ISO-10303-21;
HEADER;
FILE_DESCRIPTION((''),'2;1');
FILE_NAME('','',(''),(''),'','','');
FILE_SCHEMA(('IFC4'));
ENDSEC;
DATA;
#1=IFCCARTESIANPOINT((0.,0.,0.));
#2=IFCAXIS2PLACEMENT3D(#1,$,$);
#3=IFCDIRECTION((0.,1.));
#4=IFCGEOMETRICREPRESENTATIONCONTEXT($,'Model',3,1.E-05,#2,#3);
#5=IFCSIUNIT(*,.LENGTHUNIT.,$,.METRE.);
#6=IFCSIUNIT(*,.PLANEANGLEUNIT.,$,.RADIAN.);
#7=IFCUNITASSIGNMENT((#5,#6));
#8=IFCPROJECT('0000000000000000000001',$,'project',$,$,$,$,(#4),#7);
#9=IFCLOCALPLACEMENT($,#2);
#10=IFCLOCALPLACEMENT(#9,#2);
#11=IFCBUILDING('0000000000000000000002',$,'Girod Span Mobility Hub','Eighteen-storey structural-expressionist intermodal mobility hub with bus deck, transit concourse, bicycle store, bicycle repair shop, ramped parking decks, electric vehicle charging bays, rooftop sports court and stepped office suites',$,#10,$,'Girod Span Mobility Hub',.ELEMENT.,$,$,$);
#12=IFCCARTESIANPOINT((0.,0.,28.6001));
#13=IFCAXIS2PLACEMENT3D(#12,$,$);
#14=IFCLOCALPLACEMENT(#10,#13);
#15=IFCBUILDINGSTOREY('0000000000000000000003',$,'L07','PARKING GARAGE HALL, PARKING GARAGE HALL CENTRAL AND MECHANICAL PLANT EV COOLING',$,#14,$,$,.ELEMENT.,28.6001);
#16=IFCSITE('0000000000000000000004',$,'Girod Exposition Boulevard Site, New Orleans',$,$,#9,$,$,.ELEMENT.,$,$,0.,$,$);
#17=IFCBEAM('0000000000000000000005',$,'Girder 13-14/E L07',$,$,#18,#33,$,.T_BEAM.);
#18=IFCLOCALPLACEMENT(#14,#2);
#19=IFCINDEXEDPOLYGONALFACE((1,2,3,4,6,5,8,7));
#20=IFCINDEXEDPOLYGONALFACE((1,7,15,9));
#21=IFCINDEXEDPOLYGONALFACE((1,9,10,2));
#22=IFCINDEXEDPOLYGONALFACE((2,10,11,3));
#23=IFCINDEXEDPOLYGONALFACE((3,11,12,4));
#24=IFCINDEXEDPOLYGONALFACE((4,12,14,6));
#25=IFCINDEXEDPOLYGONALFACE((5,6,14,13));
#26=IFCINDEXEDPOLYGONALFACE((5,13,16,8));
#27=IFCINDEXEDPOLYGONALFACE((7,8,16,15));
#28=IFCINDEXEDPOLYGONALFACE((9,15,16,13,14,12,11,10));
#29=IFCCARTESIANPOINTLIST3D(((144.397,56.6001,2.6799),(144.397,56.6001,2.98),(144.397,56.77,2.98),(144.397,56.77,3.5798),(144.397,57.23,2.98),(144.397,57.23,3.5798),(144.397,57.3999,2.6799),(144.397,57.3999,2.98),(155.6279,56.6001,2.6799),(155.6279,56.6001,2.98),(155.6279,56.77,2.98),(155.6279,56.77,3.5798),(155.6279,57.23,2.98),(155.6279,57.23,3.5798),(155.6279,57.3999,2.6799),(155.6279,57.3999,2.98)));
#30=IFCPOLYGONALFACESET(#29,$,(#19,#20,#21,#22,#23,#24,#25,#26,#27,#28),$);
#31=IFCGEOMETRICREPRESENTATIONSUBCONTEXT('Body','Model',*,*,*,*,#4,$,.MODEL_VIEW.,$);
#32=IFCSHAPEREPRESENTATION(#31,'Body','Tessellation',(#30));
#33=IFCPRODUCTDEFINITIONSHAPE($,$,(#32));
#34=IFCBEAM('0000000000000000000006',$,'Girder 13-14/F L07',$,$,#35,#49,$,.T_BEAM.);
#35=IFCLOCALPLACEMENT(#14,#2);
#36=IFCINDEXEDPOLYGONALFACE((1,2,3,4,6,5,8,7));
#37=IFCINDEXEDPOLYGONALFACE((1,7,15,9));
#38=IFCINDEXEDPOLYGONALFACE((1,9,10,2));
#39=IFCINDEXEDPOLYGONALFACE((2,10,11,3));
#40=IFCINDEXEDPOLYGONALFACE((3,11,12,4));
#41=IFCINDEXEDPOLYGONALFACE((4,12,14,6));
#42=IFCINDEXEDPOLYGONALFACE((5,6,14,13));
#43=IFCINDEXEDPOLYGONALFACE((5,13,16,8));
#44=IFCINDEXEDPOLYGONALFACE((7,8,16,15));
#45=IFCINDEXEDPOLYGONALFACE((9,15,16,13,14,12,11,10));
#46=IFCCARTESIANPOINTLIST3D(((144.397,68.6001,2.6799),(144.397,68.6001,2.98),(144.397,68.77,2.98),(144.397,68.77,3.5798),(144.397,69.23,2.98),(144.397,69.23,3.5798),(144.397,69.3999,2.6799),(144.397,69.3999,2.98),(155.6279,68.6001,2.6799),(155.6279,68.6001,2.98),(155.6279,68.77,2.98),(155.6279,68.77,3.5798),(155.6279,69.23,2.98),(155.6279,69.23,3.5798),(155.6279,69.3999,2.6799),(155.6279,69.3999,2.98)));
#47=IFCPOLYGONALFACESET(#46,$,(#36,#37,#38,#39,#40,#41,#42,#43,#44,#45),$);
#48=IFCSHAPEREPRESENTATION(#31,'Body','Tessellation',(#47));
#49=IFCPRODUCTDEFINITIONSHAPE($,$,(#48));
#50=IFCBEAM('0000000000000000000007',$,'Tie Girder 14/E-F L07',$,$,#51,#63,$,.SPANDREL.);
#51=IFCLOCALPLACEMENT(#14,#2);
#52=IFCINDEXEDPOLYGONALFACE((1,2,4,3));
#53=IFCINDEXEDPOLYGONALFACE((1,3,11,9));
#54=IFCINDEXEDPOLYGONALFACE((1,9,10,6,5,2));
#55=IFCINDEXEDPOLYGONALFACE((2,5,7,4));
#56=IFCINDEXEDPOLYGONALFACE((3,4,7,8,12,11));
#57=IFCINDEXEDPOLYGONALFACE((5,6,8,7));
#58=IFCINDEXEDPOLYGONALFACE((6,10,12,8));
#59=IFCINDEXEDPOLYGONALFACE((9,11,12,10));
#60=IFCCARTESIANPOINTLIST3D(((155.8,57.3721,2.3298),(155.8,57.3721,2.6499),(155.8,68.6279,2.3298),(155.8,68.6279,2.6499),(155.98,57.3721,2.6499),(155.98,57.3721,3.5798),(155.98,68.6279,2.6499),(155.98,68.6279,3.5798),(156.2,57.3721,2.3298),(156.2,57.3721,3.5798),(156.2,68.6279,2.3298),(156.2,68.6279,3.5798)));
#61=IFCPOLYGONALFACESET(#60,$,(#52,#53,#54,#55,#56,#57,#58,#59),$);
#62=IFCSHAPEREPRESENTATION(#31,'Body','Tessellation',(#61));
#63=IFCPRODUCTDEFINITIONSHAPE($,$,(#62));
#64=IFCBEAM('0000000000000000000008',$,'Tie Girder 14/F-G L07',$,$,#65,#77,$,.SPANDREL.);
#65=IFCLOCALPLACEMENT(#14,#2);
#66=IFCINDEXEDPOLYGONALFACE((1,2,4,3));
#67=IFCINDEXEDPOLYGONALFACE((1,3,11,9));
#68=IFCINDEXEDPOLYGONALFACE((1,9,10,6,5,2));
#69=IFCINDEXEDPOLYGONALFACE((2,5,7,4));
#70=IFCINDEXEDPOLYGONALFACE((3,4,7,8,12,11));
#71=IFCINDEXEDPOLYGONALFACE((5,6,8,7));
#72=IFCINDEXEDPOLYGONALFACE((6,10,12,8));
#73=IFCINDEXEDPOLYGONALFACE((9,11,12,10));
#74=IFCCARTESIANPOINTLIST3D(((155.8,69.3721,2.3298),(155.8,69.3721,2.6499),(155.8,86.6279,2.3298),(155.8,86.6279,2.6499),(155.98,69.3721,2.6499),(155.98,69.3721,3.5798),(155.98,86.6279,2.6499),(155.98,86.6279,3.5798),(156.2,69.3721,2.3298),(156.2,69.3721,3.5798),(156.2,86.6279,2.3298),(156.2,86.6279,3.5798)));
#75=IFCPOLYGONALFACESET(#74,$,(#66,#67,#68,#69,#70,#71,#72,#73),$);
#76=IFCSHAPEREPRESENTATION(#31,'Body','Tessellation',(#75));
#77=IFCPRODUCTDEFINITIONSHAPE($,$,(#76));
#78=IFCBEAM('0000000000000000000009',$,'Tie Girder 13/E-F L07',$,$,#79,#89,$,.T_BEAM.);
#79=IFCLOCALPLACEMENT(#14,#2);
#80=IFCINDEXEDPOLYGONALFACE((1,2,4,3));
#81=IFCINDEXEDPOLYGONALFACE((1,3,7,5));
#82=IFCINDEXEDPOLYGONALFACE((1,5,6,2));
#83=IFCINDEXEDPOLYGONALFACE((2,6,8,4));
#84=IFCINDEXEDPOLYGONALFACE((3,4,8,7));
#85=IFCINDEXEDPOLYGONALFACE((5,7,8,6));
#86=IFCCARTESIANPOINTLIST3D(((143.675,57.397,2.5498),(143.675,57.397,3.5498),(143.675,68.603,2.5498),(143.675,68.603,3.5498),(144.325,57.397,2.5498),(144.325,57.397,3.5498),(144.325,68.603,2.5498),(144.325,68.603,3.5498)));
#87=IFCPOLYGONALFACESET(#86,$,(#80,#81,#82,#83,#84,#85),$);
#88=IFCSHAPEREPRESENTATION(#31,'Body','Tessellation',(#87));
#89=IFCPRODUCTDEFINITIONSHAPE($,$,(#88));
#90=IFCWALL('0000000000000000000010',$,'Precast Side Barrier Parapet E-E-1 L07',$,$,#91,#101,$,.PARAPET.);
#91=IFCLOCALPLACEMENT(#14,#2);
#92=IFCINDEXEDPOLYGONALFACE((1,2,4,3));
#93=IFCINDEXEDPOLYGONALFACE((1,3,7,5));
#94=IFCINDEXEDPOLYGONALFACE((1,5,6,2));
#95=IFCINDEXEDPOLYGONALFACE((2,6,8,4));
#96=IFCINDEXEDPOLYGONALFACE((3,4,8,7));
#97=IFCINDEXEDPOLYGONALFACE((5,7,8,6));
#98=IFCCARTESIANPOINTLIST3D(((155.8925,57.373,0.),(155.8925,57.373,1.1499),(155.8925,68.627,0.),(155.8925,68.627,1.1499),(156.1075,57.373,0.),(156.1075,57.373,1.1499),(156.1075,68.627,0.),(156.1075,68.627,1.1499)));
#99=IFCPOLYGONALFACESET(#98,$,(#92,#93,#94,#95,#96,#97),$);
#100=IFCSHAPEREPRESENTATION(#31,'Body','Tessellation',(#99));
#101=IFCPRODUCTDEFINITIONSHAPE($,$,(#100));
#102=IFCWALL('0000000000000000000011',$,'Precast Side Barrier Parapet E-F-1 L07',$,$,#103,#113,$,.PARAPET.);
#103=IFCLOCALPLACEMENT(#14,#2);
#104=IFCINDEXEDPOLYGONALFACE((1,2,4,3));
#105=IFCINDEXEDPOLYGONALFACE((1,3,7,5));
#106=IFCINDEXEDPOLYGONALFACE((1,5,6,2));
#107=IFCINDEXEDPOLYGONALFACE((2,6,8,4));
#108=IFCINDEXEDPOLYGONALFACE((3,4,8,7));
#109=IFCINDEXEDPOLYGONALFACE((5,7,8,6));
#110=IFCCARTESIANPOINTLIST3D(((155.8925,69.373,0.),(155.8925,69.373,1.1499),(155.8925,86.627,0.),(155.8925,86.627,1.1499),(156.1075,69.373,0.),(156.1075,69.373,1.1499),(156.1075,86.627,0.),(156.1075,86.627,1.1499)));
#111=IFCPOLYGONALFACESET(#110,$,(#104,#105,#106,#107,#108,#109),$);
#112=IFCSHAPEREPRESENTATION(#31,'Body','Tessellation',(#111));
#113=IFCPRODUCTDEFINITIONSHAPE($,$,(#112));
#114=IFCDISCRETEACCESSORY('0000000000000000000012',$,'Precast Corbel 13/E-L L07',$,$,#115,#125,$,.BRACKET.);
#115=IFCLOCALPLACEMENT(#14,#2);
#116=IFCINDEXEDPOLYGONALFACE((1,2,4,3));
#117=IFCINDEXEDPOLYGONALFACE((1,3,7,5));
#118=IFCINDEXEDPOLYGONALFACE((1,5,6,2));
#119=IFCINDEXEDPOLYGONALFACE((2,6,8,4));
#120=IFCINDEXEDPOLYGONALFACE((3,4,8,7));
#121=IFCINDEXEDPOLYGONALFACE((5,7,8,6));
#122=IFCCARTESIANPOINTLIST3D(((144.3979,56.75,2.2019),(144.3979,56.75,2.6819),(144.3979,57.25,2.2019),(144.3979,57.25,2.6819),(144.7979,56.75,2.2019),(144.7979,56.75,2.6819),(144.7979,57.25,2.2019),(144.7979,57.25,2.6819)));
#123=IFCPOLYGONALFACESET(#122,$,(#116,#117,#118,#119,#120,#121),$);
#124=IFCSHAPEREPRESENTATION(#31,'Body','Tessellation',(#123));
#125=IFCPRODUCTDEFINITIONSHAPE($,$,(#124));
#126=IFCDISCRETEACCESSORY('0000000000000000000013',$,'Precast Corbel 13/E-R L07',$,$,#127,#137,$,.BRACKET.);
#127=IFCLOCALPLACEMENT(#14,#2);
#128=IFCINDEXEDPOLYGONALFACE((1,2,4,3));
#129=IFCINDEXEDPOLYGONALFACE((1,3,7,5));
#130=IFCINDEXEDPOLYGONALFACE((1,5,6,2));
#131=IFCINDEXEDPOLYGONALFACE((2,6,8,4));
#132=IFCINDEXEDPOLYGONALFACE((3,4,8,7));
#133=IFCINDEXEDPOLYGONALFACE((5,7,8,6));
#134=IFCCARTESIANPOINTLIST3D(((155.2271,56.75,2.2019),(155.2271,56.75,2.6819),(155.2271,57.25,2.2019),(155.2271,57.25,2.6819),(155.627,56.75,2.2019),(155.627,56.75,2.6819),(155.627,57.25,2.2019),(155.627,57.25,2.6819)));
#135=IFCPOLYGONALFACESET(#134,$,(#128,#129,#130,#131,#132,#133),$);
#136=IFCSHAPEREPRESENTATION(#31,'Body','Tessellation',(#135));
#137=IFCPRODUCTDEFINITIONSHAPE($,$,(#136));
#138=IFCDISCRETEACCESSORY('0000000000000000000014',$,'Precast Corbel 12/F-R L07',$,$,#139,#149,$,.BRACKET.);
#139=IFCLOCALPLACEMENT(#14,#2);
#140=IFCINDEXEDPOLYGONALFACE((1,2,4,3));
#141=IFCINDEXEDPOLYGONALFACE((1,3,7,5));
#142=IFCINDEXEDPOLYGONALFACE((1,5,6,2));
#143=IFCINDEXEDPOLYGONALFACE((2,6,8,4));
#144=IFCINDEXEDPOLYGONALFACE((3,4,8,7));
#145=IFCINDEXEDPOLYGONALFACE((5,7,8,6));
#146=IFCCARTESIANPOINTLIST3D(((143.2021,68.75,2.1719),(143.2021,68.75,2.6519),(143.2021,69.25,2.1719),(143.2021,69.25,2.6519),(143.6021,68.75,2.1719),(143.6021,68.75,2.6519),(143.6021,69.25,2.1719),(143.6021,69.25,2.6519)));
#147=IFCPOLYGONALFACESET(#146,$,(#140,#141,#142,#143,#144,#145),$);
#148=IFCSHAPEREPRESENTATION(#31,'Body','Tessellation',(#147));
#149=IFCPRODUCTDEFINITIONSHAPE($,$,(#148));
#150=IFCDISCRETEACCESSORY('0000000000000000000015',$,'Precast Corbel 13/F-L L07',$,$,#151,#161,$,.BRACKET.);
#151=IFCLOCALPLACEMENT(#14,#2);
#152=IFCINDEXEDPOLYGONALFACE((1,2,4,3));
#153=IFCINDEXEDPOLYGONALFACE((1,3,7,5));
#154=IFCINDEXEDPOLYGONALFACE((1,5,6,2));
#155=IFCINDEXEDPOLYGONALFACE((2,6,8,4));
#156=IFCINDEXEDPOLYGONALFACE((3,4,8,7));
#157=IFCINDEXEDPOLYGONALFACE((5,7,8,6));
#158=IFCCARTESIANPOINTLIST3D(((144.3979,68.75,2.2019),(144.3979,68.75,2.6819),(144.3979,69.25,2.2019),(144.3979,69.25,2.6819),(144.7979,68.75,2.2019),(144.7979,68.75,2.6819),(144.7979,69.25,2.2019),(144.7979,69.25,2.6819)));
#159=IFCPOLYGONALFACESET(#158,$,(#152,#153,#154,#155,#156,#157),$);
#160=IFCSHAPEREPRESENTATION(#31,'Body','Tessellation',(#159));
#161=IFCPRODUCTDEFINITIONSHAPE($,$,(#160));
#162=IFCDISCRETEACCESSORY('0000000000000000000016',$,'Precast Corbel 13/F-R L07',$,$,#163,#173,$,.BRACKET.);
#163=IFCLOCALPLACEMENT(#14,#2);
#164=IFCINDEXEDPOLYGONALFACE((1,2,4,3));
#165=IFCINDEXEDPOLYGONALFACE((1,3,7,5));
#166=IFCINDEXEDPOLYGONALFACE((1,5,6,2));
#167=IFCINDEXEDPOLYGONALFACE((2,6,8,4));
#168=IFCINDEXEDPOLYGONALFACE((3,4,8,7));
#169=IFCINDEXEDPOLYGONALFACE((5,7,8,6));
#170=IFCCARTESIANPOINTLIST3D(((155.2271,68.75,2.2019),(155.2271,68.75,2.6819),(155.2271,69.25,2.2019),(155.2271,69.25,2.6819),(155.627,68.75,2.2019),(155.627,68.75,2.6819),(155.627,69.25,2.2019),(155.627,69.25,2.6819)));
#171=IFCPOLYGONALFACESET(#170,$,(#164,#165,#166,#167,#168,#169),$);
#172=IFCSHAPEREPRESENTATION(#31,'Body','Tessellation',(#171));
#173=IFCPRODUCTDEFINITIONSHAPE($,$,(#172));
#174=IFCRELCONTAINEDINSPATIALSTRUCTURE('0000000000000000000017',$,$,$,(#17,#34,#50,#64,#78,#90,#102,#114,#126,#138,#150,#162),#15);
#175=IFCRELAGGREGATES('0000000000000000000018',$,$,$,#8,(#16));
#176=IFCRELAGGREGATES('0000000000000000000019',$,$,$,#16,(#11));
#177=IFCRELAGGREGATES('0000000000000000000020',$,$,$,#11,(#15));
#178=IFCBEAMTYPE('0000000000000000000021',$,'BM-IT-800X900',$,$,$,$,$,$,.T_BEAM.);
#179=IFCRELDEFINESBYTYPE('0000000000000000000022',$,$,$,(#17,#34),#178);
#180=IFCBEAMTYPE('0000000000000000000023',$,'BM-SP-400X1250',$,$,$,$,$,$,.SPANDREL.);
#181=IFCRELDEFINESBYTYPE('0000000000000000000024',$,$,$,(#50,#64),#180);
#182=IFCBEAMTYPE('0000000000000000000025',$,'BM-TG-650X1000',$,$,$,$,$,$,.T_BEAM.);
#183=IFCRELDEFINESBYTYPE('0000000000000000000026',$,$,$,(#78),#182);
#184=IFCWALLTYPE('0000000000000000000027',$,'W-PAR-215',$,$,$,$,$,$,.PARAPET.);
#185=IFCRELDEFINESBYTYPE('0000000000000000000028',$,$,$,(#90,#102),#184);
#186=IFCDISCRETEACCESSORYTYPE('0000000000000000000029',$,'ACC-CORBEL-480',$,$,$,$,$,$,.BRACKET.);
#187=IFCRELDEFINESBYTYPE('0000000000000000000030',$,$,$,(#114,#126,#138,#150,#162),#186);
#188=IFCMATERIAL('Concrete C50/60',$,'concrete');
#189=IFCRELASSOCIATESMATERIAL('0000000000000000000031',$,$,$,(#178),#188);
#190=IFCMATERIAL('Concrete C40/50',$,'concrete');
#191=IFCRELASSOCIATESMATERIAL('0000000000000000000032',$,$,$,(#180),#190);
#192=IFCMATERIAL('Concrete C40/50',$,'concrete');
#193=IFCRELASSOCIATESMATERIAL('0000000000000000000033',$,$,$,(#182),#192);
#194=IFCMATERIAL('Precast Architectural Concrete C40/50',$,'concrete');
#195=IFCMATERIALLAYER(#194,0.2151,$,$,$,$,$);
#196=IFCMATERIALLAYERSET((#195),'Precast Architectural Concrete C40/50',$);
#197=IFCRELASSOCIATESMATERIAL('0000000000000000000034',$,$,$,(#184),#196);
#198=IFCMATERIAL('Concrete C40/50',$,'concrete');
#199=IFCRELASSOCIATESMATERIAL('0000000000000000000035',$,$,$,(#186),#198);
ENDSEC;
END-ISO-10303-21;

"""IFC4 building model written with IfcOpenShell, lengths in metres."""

from ifc_helpers import new_model, si_unit, direction, frame, frame_2d, origin, origin_2d, place, context, subcontext, project, spatial, polyline, rectangle, outline, extrude, material, layer, layer_set, material_profile, profile_set, type_object, element, save


model = new_model("IFC4")

# Units and contexts
model_context = context("Model", 3, precision=1e-05, world=origin(), true_north=direction((0.0, 1.0)))
body_context = subcontext(model_context, "Body", "Model", "MODEL_VIEW")
ifc_project = project(units=[si_unit("LENGTHUNIT", "METRE"), si_unit("PLANEANGLEUNIT", "RADIAN")], contexts=[model_context])

# Site, building, storey
site_placement = place(None, origin())
site = spatial("IfcSite", under=ifc_project, at=site_placement, Name="Girod Exposition Boulevard Site, New Orleans", CompositionType="ELEMENT", RefElevation=0.0)
building_placement = place(site_placement, origin())
building = spatial("IfcBuilding", under=site, at=building_placement, Name="Girod Span Mobility Hub", Description="Eighteen-storey structural-expressionist intermodal mobility hub with bus deck, transit concourse, bicycle store, bicycle repair shop, ramped parking decks, electric vehicle charging bays, rooftop sports court and stepped office suites", LongName="Girod Span Mobility Hub", CompositionType="ELEMENT")
storey_placement = place(building_placement, frame((0.0, 0.0, 28.6001)))
storey = spatial("IfcBuildingStorey", under=building, at=storey_placement, Name="L07", Description="PARKING GARAGE HALL, PARKING GARAGE HALL CENTRAL AND MECHANICAL PLANT EV COOLING", CompositionType="ELEMENT", Elevation=28.6001)

# Beams
ifc_material_1 = material(Name="Concrete C50/60", Category="concrete")
ifc_material_profile_1 = material_profile(ifc_material_1, outline(polyline([(-0.3999, -0.45), (0.3999, -0.45), (0.3999, -0.1499), (0.23, -0.1499), (0.23, 0.45), (-0.23, 0.45), (-0.23, -0.1499), (-0.3999, -0.1499), (-0.3999, -0.45)])), Name="IT-800X900")
ifc_profile_set_1 = profile_set([ifc_material_profile_1], Name="Concrete C50/60")
beam_type_1 = type_object("IfcBeamType", Name="BM-IT-800X900", PredefinedType="T_BEAM", material=ifc_profile_set_1)
for number, where, z_axis, x_axis, name in (
    (1, (144.397, 57.0, 3.1299), (1.0, 0.0, 0.0), (0.0, 1.0, 0.0), "Girder 13-14/E L07"),
    (2, (144.397, 69.0, 3.1299), (1.0, 0.0, 0.0), (0.0, 1.0, 0.0), "Girder 13-14/F L07"),
):
    element("IfcBeam", number, at=place(storey_placement, frame(where, z_axis=z_axis, x_axis=x_axis)), inside=storey, type_object=beam_type_1, Name=name, PredefinedType="T_BEAM", context=body_context, shape_type="SweptSolid", body=[
        extrude(outline(polyline([(-0.3999, -0.45), (0.3999, -0.45), (0.3999, -0.1499), (0.23, -0.1499), (0.23, 0.45), (-0.23, 0.45), (-0.23, -0.1499), (-0.3999, -0.1499), (-0.3999, -0.45)])), origin(), (0.0, 0.0, 1.0), 11.231),
    ])
ifc_material_2 = material(Name="Concrete C40/50", Category="concrete")
ifc_material_profile_2 = material_profile(ifc_material_2, outline(polyline([(-0.2, -0.625), (0.2, -0.625), (0.2, -0.3049), (0.02, -0.3049), (0.02, 0.625), (-0.2, 0.625), (-0.2, -0.625)])), Name="SP-400X1250")
ifc_profile_set_2 = profile_set([ifc_material_profile_2], Name="Concrete C40/50")
beam_type_2 = type_object("IfcBeamType", Name="BM-SP-400X1250", PredefinedType="SPANDREL", material=ifc_profile_set_2)
beam_1_placement = place(storey_placement, frame((156.0, 57.3721, 2.9548), z_axis=(0.0, 1.0, 0.0), x_axis=(-1.0, 0.0, 0.0)))
element("IfcBeam", 3, at=beam_1_placement, inside=storey, type_object=beam_type_2, Name="Tie Girder 14/E-F L07", PredefinedType="SPANDREL", context=body_context, shape_type="SweptSolid", body=[
    extrude(outline(polyline([(-0.2, -0.625), (0.2, -0.625), (0.2, -0.3049), (0.02, -0.3049), (0.02, 0.625), (-0.2, 0.625), (-0.2, -0.625)])), origin(), (0.0, 0.0, 1.0), 11.2559),
])
beam_2_placement = place(storey_placement, frame((156.0, 69.3721, 2.9548), z_axis=(0.0, 1.0, 0.0), x_axis=(-1.0, 0.0, 0.0)))
element("IfcBeam", 4, at=beam_2_placement, inside=storey, type_object=beam_type_2, Name="Tie Girder 14/F-G L07", PredefinedType="SPANDREL", context=body_context, shape_type="SweptSolid", body=[
    extrude(outline(polyline([(-0.2, -0.625), (0.2, -0.625), (0.2, -0.3049), (0.02, -0.3049), (0.02, 0.625), (-0.2, 0.625), (-0.2, -0.625)])), origin(), (0.0, 0.0, 1.0), 17.2559),
])
ifc_material_3 = material(Name="Concrete C40/50", Category="concrete")
ifc_material_profile_3 = material_profile(ifc_material_3, rectangle(XDim=0.6499, YDim=1.0, at=origin_2d()), Name="TG-650X1000")
ifc_profile_set_3 = profile_set([ifc_material_profile_3], Name="Concrete C40/50")
beam_type_3 = type_object("IfcBeamType", Name="BM-TG-650X1000", PredefinedType="T_BEAM", material=ifc_profile_set_3)
beam_3_placement = place(storey_placement, frame((144.0, 57.397, 3.0498), z_axis=(0.0, 1.0, 0.0), x_axis=(-1.0, 0.0, 0.0)))
element("IfcBeam", 5, at=beam_3_placement, inside=storey, type_object=beam_type_3, Name="Tie Girder 13/E-F L07", PredefinedType="T_BEAM", context=body_context, shape_type="SweptSolid", body=[
    extrude(rectangle(XDim=0.6499, YDim=1.0, at=origin_2d()), origin(), (0.0, 0.0, 1.0), 11.2061),
])

# Walls
ifc_material_4 = material(Name="Precast Architectural Concrete C40/50", Category="concrete")
ifc_layer = layer(ifc_material_4, 0.2151)
ifc_layer_set = layer_set([ifc_layer], Name="Precast Architectural Concrete C40/50")
wall_type = type_object("IfcWallType", Name="W-PAR-215", PredefinedType="PARAPET", material=ifc_layer_set)
wall_1_placement = place(storey_placement, frame((156.0, 57.373, 0.0), z_axis=(0.0, 0.0, 1.0), x_axis=(0.0, 1.0, 0.0)))
element("IfcWall", 6, at=wall_1_placement, inside=storey, type_object=wall_type, Name="Precast Side Barrier Parapet E-E-1 L07", PredefinedType="PARAPET", context=body_context, shape_type="SweptSolid", body=[
    extrude(rectangle(XDim=11.2539, YDim=0.2151, at=frame_2d((5.627, 0.0))), origin(), (0.0, 0.0, 1.0), 1.1499),
])
wall_2_placement = place(storey_placement, frame((156.0, 69.373, 0.0), z_axis=(0.0, 0.0, 1.0), x_axis=(0.0, 1.0, 0.0)))
element("IfcWall", 7, at=wall_2_placement, inside=storey, type_object=wall_type, Name="Precast Side Barrier Parapet E-F-1 L07", PredefinedType="PARAPET", context=body_context, shape_type="SweptSolid", body=[
    extrude(rectangle(XDim=17.2539, YDim=0.2151, at=frame_2d((8.627, 0.0))), origin(), (0.0, 0.0, 1.0), 1.1499),
])

# Discrete accessories
ifc_material_5 = material(Name="Concrete C40/50", Category="concrete")
discrete_accessory_type = type_object("IfcDiscreteAccessoryType", Name="ACC-CORBEL-480", PredefinedType="BRACKET", material=ifc_material_5)
for number, where, z_axis, x_axis, name in (
    (8, (144.5979, 57.0, 2.2019), (0.0, 0.0, 1.0), (1.0, 0.0, 0.0), "Precast Corbel 13/E-L L07"),
    (9, (155.427, 57.0, 2.2019), (0.0, 0.0, 1.0), (1.0, 0.0, 0.0), "Precast Corbel 13/E-R L07"),
    (10, (143.4021, 69.0, 2.1719), (0.0, 0.0, 1.0), (1.0, 0.0, 0.0), "Precast Corbel 12/F-R L07"),
    (11, (144.5979, 69.0, 2.2019), (0.0, 0.0, 1.0), (1.0, 0.0, 0.0), "Precast Corbel 13/F-L L07"),
    (12, (155.427, 69.0, 2.2019), (0.0, 0.0, 1.0), (1.0, 0.0, 0.0), "Precast Corbel 13/F-R L07"),
):
    element("IfcDiscreteAccessory", number, at=place(storey_placement, frame(where, z_axis=z_axis, x_axis=x_axis)), inside=storey, type_object=discrete_accessory_type, Name=name, PredefinedType="BRACKET", context=body_context, shape_type="SweptSolid", body=[
        extrude(rectangle(XDim=0.3999, YDim=0.5, at=origin_2d()), origin(), (0.0, 0.0, 1.0), 0.48),
    ])

save(model, "model.ifc")
